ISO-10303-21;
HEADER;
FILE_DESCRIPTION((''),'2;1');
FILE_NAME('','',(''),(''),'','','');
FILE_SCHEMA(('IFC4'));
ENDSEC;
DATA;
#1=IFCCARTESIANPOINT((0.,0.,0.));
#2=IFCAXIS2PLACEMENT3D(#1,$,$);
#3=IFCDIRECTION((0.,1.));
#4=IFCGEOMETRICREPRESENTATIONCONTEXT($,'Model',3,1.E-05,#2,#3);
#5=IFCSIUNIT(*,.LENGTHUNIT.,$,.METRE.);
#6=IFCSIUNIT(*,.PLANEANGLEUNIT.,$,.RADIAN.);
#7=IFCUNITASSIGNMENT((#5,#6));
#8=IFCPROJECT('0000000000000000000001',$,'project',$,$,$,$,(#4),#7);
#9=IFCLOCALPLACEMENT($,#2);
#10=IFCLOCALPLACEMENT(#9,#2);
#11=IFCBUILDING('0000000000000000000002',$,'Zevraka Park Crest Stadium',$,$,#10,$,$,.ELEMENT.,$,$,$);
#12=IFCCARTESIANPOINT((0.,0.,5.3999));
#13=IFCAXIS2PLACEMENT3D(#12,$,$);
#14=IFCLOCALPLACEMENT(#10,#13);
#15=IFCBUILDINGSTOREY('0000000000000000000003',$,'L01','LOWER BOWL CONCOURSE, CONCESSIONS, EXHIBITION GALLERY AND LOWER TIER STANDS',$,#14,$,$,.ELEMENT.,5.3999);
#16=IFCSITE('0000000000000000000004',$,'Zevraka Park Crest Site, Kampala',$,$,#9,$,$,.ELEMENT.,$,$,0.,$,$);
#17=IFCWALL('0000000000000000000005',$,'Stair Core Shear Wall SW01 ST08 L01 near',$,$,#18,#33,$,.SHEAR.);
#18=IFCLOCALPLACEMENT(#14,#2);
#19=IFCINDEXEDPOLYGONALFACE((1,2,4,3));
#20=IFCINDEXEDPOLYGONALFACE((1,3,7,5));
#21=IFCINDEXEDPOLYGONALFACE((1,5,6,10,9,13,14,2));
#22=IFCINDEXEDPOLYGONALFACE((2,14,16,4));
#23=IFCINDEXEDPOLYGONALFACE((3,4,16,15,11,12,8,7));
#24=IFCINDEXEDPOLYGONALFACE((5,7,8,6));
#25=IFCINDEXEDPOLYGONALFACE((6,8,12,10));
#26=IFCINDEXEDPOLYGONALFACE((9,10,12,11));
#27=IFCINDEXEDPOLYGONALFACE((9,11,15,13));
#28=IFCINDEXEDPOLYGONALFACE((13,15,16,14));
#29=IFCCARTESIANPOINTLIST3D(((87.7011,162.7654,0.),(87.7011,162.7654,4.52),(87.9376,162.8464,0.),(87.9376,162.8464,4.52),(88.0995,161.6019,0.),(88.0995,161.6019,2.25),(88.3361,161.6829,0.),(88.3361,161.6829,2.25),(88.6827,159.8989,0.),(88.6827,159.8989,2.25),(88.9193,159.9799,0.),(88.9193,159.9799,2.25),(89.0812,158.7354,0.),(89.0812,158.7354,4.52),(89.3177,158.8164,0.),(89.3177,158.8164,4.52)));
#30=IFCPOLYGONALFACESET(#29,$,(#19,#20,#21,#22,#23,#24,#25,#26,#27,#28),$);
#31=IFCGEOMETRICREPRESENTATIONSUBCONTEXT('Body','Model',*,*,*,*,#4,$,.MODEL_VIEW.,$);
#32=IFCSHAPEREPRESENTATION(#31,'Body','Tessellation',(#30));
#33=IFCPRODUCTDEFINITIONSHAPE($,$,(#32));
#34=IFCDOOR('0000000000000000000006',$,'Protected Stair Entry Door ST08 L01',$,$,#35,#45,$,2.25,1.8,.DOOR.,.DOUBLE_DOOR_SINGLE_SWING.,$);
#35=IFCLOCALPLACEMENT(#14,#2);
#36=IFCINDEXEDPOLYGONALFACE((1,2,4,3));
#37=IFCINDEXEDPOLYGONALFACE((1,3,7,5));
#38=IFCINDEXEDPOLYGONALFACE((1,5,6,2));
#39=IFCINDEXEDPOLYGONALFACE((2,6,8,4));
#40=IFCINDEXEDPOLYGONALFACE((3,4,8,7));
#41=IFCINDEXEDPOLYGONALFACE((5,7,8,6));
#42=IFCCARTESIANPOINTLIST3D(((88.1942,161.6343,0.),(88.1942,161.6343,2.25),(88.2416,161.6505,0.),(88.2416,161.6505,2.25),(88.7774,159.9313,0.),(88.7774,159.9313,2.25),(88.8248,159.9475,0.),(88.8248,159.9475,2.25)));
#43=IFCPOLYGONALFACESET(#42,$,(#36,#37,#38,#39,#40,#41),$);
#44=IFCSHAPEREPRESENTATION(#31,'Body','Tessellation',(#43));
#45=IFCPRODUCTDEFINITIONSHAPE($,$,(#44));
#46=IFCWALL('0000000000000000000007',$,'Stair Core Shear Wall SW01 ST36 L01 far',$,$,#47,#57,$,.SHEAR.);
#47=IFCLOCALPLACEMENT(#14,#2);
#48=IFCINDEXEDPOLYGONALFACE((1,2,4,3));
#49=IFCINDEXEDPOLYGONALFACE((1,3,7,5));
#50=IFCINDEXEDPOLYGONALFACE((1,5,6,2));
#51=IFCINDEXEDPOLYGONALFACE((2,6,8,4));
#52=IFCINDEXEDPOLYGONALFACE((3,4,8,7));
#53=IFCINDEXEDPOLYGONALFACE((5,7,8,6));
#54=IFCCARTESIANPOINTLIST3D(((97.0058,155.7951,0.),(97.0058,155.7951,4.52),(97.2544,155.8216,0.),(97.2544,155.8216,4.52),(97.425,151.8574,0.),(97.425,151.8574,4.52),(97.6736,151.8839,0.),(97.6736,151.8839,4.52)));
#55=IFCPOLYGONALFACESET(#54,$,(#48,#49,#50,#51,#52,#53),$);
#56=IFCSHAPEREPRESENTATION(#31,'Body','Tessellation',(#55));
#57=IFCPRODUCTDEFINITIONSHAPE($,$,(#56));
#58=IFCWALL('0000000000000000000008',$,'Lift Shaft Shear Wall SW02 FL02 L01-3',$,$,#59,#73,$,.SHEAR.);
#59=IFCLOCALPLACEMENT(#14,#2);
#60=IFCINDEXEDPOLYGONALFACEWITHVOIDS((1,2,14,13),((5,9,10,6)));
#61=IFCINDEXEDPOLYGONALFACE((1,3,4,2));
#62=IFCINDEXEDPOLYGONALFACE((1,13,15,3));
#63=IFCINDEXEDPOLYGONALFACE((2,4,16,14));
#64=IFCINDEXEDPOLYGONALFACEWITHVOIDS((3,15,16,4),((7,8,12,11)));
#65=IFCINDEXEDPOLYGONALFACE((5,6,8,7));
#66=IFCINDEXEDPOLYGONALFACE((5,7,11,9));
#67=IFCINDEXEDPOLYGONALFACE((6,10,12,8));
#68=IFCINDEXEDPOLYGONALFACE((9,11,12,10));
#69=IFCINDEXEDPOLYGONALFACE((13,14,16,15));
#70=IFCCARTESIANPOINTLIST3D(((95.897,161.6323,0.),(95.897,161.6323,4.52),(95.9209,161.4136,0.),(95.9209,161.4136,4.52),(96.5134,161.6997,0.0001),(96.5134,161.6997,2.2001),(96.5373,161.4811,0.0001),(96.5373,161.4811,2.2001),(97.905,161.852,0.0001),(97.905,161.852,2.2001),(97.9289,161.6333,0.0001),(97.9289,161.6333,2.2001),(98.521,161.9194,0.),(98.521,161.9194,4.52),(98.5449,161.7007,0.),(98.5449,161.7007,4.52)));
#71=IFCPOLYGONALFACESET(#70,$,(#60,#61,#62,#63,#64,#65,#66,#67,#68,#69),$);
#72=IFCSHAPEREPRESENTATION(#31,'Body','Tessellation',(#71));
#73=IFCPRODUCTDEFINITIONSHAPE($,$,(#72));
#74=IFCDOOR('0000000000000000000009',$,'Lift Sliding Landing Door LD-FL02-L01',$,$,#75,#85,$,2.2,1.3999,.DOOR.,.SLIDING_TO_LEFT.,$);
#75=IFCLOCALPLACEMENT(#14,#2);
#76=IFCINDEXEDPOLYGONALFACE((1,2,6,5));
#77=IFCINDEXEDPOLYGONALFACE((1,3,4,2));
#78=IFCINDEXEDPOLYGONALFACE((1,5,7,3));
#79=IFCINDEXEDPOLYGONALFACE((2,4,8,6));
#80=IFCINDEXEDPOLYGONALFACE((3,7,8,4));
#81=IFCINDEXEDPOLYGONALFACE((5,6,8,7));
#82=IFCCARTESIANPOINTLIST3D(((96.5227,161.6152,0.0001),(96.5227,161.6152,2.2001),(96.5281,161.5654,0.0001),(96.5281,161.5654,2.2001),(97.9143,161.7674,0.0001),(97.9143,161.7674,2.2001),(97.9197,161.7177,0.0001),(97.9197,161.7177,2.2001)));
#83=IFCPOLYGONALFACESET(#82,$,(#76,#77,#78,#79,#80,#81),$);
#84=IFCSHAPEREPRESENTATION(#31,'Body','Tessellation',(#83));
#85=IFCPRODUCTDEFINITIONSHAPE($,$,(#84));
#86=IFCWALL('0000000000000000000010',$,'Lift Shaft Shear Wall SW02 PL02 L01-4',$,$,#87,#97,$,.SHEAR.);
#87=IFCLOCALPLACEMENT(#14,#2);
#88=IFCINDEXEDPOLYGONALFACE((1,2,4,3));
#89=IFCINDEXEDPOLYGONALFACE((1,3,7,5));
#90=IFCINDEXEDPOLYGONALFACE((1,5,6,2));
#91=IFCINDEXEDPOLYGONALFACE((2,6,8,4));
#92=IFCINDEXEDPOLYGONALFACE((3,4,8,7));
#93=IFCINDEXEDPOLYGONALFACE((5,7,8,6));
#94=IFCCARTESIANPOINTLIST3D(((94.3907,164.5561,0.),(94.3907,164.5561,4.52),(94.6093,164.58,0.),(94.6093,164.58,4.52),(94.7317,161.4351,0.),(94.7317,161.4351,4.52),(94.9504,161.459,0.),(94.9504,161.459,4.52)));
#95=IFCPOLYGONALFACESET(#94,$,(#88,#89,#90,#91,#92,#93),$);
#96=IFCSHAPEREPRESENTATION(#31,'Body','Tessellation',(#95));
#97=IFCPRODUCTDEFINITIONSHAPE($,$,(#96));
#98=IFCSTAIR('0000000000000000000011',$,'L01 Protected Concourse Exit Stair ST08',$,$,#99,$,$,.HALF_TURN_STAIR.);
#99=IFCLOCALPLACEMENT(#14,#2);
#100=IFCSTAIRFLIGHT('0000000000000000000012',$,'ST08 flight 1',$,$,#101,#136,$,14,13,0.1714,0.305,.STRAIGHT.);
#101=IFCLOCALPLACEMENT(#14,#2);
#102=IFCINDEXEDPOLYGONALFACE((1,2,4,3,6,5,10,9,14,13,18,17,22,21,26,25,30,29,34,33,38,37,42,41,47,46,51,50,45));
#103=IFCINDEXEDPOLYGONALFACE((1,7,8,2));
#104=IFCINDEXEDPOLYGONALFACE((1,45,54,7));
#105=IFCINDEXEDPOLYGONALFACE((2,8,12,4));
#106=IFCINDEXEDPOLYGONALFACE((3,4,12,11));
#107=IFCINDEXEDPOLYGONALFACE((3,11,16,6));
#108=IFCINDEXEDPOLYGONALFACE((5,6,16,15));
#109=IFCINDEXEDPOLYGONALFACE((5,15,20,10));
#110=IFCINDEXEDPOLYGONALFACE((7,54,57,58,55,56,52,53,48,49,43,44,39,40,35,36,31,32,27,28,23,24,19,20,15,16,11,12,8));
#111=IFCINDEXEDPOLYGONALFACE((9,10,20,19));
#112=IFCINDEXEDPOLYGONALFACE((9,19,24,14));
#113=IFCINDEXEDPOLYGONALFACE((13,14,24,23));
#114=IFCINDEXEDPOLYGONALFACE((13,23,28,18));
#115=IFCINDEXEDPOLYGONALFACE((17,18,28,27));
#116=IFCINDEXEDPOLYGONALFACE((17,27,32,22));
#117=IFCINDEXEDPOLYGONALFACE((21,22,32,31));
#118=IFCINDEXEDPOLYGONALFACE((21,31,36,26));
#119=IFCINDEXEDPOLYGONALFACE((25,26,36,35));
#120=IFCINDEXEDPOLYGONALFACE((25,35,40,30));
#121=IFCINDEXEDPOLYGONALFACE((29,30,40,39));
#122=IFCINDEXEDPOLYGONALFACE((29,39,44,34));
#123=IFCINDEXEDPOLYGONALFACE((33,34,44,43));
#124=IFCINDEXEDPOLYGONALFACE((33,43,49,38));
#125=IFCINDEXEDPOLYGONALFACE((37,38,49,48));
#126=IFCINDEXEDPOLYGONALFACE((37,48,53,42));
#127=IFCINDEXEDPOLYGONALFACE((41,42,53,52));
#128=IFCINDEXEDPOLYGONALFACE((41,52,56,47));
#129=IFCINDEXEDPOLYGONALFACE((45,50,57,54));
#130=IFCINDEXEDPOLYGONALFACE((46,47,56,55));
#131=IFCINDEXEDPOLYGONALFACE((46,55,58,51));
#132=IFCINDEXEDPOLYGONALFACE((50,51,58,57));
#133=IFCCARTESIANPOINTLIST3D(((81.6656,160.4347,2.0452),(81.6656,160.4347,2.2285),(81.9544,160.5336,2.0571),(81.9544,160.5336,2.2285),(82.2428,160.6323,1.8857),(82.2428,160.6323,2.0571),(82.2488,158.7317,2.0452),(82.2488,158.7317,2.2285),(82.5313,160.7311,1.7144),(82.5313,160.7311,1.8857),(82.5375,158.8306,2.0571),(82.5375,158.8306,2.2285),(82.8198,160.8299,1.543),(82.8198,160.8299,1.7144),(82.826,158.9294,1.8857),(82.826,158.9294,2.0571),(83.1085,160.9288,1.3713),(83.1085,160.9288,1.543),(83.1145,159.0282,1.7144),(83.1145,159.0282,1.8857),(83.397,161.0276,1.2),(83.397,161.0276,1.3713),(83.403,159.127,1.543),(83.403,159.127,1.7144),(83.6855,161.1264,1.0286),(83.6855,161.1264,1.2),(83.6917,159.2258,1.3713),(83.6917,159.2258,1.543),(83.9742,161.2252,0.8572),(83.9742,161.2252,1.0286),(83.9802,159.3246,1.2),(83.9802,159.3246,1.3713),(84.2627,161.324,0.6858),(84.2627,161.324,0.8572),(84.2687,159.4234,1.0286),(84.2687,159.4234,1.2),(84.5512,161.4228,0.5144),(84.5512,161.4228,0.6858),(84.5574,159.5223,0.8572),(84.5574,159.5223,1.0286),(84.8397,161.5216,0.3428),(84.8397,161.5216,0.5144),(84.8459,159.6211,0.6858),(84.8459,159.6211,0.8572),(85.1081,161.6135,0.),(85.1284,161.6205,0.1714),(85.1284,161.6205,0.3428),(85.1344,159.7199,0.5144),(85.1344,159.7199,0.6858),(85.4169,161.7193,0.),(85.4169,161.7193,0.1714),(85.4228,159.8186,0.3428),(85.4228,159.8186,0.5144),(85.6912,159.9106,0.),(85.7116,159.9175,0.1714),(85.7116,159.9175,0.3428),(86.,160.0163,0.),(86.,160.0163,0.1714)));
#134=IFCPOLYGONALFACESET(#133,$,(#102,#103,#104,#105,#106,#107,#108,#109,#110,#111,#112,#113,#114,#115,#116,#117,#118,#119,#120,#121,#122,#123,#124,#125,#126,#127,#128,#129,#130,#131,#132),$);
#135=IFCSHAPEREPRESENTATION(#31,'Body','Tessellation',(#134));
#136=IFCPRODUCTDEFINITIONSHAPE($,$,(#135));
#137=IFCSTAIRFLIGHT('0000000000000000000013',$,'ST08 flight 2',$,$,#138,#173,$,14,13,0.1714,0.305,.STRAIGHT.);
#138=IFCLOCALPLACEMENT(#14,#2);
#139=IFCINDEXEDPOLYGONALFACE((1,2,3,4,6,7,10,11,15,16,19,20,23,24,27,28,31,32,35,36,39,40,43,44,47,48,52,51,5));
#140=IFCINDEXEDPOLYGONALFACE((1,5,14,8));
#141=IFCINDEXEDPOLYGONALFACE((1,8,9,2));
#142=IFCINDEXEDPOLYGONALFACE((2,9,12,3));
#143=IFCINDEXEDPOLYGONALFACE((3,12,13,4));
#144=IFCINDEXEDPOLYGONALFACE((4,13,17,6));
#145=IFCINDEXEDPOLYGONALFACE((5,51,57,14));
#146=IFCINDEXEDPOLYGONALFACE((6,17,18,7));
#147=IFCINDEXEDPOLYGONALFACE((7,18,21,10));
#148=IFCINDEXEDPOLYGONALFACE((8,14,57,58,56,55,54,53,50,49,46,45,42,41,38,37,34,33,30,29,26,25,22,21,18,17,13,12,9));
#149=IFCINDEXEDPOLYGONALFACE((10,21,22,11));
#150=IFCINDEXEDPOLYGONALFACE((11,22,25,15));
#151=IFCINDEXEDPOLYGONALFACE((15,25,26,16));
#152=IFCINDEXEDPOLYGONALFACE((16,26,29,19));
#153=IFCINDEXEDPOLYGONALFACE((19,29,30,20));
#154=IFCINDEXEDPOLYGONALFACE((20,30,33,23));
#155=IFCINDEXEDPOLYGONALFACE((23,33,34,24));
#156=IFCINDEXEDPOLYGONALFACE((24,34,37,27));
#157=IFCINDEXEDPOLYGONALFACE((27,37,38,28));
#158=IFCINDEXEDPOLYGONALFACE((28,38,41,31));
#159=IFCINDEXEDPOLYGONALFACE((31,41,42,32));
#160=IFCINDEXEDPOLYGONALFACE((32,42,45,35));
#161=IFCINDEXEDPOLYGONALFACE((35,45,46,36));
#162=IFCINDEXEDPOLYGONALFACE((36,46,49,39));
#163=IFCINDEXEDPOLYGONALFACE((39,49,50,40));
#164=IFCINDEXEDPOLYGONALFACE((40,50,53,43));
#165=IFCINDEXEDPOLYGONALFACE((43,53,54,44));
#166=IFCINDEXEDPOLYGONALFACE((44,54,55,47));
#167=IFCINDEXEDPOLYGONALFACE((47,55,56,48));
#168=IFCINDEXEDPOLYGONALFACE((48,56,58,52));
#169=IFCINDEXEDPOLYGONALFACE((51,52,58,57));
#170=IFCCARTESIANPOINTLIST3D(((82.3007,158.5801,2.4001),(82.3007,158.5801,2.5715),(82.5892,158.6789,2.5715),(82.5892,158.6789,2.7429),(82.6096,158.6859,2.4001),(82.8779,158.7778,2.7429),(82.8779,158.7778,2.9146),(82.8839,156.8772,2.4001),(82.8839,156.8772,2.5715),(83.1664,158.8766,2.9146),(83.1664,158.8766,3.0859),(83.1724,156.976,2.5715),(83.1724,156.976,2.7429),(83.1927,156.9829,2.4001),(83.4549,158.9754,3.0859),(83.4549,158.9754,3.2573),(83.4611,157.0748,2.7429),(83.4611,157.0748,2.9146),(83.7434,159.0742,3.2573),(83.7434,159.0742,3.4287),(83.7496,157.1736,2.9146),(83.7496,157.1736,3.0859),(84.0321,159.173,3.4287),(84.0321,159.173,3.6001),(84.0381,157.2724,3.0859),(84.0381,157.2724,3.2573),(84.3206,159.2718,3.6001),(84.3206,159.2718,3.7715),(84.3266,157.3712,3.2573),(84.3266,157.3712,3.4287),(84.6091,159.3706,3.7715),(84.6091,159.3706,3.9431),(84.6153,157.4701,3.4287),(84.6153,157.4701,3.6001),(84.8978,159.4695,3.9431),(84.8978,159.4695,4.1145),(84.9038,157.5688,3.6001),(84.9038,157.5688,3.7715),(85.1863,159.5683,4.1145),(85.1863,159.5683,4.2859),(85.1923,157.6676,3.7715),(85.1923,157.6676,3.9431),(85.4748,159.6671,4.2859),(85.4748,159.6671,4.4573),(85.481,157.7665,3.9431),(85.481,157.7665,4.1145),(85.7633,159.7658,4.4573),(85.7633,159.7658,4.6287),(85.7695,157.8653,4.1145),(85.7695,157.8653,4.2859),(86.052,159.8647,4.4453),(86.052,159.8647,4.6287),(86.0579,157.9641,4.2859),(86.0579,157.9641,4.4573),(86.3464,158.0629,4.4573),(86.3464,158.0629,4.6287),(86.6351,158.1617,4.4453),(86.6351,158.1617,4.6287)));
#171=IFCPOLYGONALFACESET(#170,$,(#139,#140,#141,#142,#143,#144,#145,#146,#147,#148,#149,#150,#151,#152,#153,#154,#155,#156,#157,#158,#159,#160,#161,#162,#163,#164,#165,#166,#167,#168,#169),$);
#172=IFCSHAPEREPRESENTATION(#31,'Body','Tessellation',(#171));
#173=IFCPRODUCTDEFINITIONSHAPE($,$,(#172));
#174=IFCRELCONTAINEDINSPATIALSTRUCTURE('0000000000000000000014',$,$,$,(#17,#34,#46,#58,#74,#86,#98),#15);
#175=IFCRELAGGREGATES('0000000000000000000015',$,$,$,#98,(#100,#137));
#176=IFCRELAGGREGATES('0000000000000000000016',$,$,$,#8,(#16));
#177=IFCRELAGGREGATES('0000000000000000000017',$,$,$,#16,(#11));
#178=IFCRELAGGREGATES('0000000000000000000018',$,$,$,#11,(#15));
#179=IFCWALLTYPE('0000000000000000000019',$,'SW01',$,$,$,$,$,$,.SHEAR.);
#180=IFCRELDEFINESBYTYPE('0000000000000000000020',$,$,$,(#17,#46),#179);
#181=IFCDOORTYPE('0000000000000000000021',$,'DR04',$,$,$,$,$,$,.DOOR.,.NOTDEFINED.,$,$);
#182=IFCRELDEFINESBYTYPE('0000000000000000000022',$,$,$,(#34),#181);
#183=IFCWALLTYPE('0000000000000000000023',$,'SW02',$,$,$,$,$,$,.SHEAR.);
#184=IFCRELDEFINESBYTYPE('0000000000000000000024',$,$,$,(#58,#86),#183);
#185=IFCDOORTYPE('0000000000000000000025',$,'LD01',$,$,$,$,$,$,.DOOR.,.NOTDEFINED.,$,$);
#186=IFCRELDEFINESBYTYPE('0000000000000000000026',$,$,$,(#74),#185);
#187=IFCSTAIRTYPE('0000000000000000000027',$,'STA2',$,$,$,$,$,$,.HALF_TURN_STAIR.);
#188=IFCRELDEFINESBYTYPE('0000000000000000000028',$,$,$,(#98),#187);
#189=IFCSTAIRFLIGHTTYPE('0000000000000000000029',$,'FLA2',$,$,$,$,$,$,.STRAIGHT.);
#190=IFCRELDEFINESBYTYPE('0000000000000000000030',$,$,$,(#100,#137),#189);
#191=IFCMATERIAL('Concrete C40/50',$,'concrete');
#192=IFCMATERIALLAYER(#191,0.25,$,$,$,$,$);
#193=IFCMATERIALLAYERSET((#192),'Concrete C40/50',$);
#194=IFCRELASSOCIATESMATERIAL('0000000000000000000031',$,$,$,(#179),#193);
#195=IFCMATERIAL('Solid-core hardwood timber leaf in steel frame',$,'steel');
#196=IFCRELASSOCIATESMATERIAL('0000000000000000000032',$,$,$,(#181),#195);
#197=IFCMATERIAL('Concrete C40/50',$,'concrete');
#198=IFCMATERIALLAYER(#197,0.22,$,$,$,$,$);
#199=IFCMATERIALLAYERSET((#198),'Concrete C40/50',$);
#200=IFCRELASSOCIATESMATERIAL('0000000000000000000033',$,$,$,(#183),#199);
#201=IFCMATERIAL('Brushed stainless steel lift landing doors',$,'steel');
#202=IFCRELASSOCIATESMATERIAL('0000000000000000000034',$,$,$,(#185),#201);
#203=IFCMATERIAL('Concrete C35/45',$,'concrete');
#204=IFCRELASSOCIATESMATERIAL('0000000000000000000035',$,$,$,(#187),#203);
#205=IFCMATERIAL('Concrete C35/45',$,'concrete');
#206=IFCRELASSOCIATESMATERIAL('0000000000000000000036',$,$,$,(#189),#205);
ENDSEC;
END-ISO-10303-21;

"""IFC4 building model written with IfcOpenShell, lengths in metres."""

from ifc_helpers import new_model, si_unit, direction, frame, frame_2d, origin, place, context, subcontext, project, spatial, polyline, rectangle, outline, extrude, material, layer, layer_set, type_object, element, fill, aggregate, save


model = new_model("IFC4")

# Units and contexts
model_context = context("Model", 3, precision=1e-05, world=origin(), true_north=direction((0.0, 1.0)))
body_context = subcontext(model_context, "Body", "Model", "MODEL_VIEW")
ifc_project = project(units=[si_unit("LENGTHUNIT", "METRE"), si_unit("PLANEANGLEUNIT", "RADIAN")], contexts=[model_context])

# Site, building, storey
site_placement = place(None, origin())
site = spatial("IfcSite", under=ifc_project, at=site_placement, Name="Zevraka Park Crest Site, Kampala", CompositionType="ELEMENT", RefElevation=0.0)
building_placement = place(site_placement, origin())
building = spatial("IfcBuilding", under=site, at=building_placement, Name="Zevraka Park Crest Stadium", CompositionType="ELEMENT")
storey_placement = place(building_placement, frame((0.0, 0.0, 5.3999)))
storey = spatial("IfcBuildingStorey", under=building, at=storey_placement, Name="L01", Description="LOWER BOWL CONCOURSE, CONCESSIONS, EXHIBITION GALLERY AND LOWER TIER STANDS", CompositionType="ELEMENT", Elevation=5.3999)

# Wall, opening, door
ifc_material_1 = material(Name="Concrete C40/50", Category="concrete")
ifc_layer_1 = layer(ifc_material_1, 0.25)
ifc_layer_set_1 = layer_set([ifc_layer_1], Name="Concrete C40/50")
wall_type_1 = type_object("IfcWallType", Name="SW01", PredefinedType="SHEAR", material=ifc_layer_set_1)
wall_1_placement = place(storey_placement, frame((89.1995, 158.7759, 0.0), z_axis=(0.0, 0.0, 1.0), x_axis=(-0.323989, 0.946061, 0.0)))
wall_1 = element("IfcWall", 1, at=wall_1_placement, inside=storey, type_object=wall_type_1, Name="Stair Core Shear Wall SW01 ST08 L01 near", PredefinedType="SHEAR", context=body_context, shape_type="SweptSolid", body=[
    extrude(rectangle(XDim=4.2598, YDim=0.25, at=frame_2d((2.1299, 0.0))), origin(), (0.0, 0.0, 1.0), 4.52),
])
opening_1_placement = place(wall_1_placement, frame((1.23, 0.0, 0.0)))
opening_1 = element("IfcOpeningElement", 2, at=opening_1_placement, cuts=wall_1, PredefinedType="OPENING", context=body_context, shape_type="SweptSolid", body=[
    extrude(rectangle(XDim=1.8, YDim=2.25, at=frame_2d((0.8999, 1.125))), frame((0.0, 0.135, 0.0), z_axis=(0.0, -1.0, 0.0), x_axis=(1.0, 0.0, 0.0)), (0.0, 0.0, 1.0), 0.27),
])
ifc_material_2 = material(Name="Solid-core hardwood timber leaf in steel frame", Category="steel")
door_type_1 = type_object("IfcDoorType", Name="DR04", OperationType="NOTDEFINED", PredefinedType="DOOR", material=ifc_material_2)
door_1_placement = place(opening_1_placement, origin())
door_1 = element("IfcDoor", 3, at=door_1_placement, inside=storey, type_object=door_type_1, Name="Protected Stair Entry Door ST08 L01", OperationType="DOUBLE_DOOR_SINGLE_SWING", OverallHeight=2.25, OverallWidth=1.8, PredefinedType="DOOR", context=body_context, shape_type="SweptSolid", body=[
    extrude(rectangle(XDim=1.8, YDim=2.25, at=frame_2d((0.8999, 1.125))), frame((0.0, 0.0249, 0.0), z_axis=(0.0, -1.0, 0.0), x_axis=(1.0, 0.0, 0.0)), (0.0, 0.0, 1.0), 0.05),
])
fill(opening_1, door_1)

# Wall
wall_2_placement = place(storey_placement, frame((97.1301, 155.8083, 0.0), z_axis=(0.0, 0.0, 1.0), x_axis=(0.105856, -0.994381, 0.0)))
element("IfcWall", 4, at=wall_2_placement, inside=storey, type_object=wall_type_1, Name="Stair Core Shear Wall SW01 ST36 L01 far", PredefinedType="SHEAR", context=body_context, shape_type="SweptSolid", body=[
    extrude(rectangle(XDim=3.96, YDim=0.25, at=frame_2d((1.98, 0.0))), origin(), (0.0, 0.0, 1.0), 4.52),
])

# Wall, opening, door
ifc_material_3 = material(Name="Concrete C40/50", Category="concrete")
ifc_layer_2 = layer(ifc_material_3, 0.22)
ifc_layer_set_2 = layer_set([ifc_layer_2], Name="Concrete C40/50")
wall_type_2 = type_object("IfcWallType", Name="SW02", PredefinedType="SHEAR", material=ifc_layer_set_2)
wall_3_placement = place(storey_placement, frame((95.9089, 161.5229, 0.0), z_axis=(0.0, 0.0, 1.0), x_axis=(0.994067, 0.108767, 0.0)))
wall_3 = element("IfcWall", 5, at=wall_3_placement, inside=storey, type_object=wall_type_2, Name="Lift Shaft Shear Wall SW02 FL02 L01-3", PredefinedType="SHEAR", context=body_context, shape_type="SweptSolid", body=[
    extrude(rectangle(XDim=2.6396, YDim=0.22, at=frame_2d((1.3198, 0.0))), origin(), (0.0, 0.0, 1.0), 4.52),
])
opening_2_placement = place(wall_3_placement, frame((0.6201, 0.0, 0.0)))
opening_2 = element("IfcOpeningElement", 6, at=opening_2_placement, cuts=wall_3, PredefinedType="OPENING", context=body_context, shape_type="SweptSolid", body=[
    extrude(rectangle(XDim=1.3999, YDim=2.2, at=frame_2d((0.7, 1.1001))), frame((0.0, 0.1199, 0.0), z_axis=(0.0, -1.0, 0.0), x_axis=(1.0, 0.0, 0.0)), (0.0, 0.0, 1.0), 0.24),
])
ifc_material_4 = material(Name="Brushed stainless steel lift landing doors", Category="steel")
door_type_2 = type_object("IfcDoorType", Name="LD01", OperationType="NOTDEFINED", PredefinedType="DOOR", material=ifc_material_4)
door_2_placement = place(opening_2_placement, origin())
door_2 = element("IfcDoor", 7, at=door_2_placement, inside=storey, type_object=door_type_2, Name="Lift Sliding Landing Door LD-FL02-L01", OperationType="SLIDING_TO_LEFT", OverallHeight=2.2, OverallWidth=1.3999, PredefinedType="DOOR", context=body_context, shape_type="SweptSolid", body=[
    extrude(rectangle(XDim=1.3999, YDim=2.2, at=frame_2d((0.7, 1.1001))), frame((0.0, 0.0249, 0.0), z_axis=(0.0, -1.0, 0.0), x_axis=(1.0, 0.0, 0.0)), (0.0, 0.0, 1.0), 0.05),
])
fill(opening_2, door_2)

# Wall
wall_4_placement = place(storey_placement, frame((94.8411, 161.447, 0.0), z_axis=(0.0, 0.0, 1.0), x_axis=(-0.108631, 0.994082, 0.0)))
element("IfcWall", 8, at=wall_4_placement, inside=storey, type_object=wall_type_2, Name="Lift Shaft Shear Wall SW02 PL02 L01-4", PredefinedType="SHEAR", context=body_context, shape_type="SweptSolid", body=[
    extrude(rectangle(XDim=3.1396, YDim=0.22, at=frame_2d((1.5698, 0.0))), origin(), (0.0, 0.0, 1.0), 4.52),
])

# Stair, stair flights
ifc_material_5 = material(Name="Concrete C35/45", Category="concrete")
stair_type = type_object("IfcStairType", Name="STA2", PredefinedType="HALF_TURN_STAIR", material=ifc_material_5)
stair_placement = place(storey_placement, origin())
stair = element("IfcStair", 9, at=stair_placement, inside=storey, type_object=stair_type, Name="L01 Protected Concourse Exit Stair ST08", PredefinedType="HALF_TURN_STAIR")
ifc_material_6 = material(Name="Concrete C35/45", Category="concrete")
stair_flight_type = type_object("IfcStairFlightType", Name="FLA2", PredefinedType="STRAIGHT", material=ifc_material_6)
stair_flight_1_placement = place(storey_placement, frame((85.7085, 160.8677, 0.0), z_axis=(0.0, 0.0, 1.0), x_axis=(-0.946066, -0.323974, 0.0)))
stair_flight_1 = element("IfcStairFlight", 10, at=stair_flight_1_placement, type_object=stair_flight_type, Name="ST08 flight 1", NumberOfRisers=14, NumberOfTreads=13, PredefinedType="STRAIGHT", RiserHeight=0.1714, TreadLength=0.305, context=body_context, shape_type="SweptSolid", body=[
    extrude(outline(polyline([(0.0, 0.0), (0.0, 0.1714), (0.3049, 0.1714), (0.3049, 0.3428), (0.6101, 0.3428), (0.6101, 0.5144), (0.915, 0.5144), (0.915, 0.6858), (1.22, 0.6858), (1.22, 0.8572), (1.5249, 0.8572), (1.5249, 1.0286), (1.8301, 1.0286), (1.8301, 1.2), (2.135, 1.2), (2.135, 1.3713), (2.4399, 1.3713), (2.4399, 1.543), (2.7451, 1.543), (2.7451, 1.7144), (3.05, 1.7144), (3.05, 1.8857), (3.355, 1.8857), (3.355, 2.0571), (3.6599, 2.0571), (3.6599, 2.2285), (3.9651, 2.2285), (3.9651, 2.3999), (3.9651, 2.0452), (0.3264, 0.0), (0.0, 0.0)])), frame((0.0, 0.8999, 0.0), z_axis=(0.0, -1.0, 0.0), x_axis=(1.0, 0.0, 0.0)), (0.0, 0.0, 1.0), 1.8),
])
stair_flight_2_placement = place(storey_placement, frame((82.5923, 157.7288, 2.4001), z_axis=(0.0, 0.0, 1.0), x_axis=(0.946066, 0.323974, 0.0)))
stair_flight_2 = element("IfcStairFlight", 11, at=stair_flight_2_placement, type_object=stair_flight_type, Name="ST08 flight 2", NumberOfRisers=14, NumberOfTreads=13, PredefinedType="STRAIGHT", RiserHeight=0.1714, TreadLength=0.305, context=body_context, shape_type="SweptSolid", body=[
    extrude(outline(polyline([(0.0, 0.0), (0.0, 0.1714), (0.3049, 0.1714), (0.3049, 0.3428), (0.6101, 0.3428), (0.6101, 0.5144), (0.915, 0.5144), (0.915, 0.6858), (1.22, 0.6858), (1.22, 0.8572), (1.5249, 0.8572), (1.5249, 1.0286), (1.8301, 1.0286), (1.8301, 1.2), (2.135, 1.2), (2.135, 1.3713), (2.4399, 1.3713), (2.4399, 1.543), (2.7451, 1.543), (2.7451, 1.7144), (3.05, 1.7144), (3.05, 1.8857), (3.355, 1.8857), (3.355, 2.0571), (3.6599, 2.0571), (3.6599, 2.2285), (3.9651, 2.2285), (3.9651, 2.3999), (3.9651, 2.0452), (0.3264, 0.0), (0.0, 0.0)])), frame((0.0, 0.8999, 0.0), z_axis=(0.0, -1.0, 0.0), x_axis=(1.0, 0.0, 0.0)), (0.0, 0.0, 1.0), 1.8),
])
aggregate(stair, [stair_flight_1, stair_flight_2])

save(model, "model.ifc")
